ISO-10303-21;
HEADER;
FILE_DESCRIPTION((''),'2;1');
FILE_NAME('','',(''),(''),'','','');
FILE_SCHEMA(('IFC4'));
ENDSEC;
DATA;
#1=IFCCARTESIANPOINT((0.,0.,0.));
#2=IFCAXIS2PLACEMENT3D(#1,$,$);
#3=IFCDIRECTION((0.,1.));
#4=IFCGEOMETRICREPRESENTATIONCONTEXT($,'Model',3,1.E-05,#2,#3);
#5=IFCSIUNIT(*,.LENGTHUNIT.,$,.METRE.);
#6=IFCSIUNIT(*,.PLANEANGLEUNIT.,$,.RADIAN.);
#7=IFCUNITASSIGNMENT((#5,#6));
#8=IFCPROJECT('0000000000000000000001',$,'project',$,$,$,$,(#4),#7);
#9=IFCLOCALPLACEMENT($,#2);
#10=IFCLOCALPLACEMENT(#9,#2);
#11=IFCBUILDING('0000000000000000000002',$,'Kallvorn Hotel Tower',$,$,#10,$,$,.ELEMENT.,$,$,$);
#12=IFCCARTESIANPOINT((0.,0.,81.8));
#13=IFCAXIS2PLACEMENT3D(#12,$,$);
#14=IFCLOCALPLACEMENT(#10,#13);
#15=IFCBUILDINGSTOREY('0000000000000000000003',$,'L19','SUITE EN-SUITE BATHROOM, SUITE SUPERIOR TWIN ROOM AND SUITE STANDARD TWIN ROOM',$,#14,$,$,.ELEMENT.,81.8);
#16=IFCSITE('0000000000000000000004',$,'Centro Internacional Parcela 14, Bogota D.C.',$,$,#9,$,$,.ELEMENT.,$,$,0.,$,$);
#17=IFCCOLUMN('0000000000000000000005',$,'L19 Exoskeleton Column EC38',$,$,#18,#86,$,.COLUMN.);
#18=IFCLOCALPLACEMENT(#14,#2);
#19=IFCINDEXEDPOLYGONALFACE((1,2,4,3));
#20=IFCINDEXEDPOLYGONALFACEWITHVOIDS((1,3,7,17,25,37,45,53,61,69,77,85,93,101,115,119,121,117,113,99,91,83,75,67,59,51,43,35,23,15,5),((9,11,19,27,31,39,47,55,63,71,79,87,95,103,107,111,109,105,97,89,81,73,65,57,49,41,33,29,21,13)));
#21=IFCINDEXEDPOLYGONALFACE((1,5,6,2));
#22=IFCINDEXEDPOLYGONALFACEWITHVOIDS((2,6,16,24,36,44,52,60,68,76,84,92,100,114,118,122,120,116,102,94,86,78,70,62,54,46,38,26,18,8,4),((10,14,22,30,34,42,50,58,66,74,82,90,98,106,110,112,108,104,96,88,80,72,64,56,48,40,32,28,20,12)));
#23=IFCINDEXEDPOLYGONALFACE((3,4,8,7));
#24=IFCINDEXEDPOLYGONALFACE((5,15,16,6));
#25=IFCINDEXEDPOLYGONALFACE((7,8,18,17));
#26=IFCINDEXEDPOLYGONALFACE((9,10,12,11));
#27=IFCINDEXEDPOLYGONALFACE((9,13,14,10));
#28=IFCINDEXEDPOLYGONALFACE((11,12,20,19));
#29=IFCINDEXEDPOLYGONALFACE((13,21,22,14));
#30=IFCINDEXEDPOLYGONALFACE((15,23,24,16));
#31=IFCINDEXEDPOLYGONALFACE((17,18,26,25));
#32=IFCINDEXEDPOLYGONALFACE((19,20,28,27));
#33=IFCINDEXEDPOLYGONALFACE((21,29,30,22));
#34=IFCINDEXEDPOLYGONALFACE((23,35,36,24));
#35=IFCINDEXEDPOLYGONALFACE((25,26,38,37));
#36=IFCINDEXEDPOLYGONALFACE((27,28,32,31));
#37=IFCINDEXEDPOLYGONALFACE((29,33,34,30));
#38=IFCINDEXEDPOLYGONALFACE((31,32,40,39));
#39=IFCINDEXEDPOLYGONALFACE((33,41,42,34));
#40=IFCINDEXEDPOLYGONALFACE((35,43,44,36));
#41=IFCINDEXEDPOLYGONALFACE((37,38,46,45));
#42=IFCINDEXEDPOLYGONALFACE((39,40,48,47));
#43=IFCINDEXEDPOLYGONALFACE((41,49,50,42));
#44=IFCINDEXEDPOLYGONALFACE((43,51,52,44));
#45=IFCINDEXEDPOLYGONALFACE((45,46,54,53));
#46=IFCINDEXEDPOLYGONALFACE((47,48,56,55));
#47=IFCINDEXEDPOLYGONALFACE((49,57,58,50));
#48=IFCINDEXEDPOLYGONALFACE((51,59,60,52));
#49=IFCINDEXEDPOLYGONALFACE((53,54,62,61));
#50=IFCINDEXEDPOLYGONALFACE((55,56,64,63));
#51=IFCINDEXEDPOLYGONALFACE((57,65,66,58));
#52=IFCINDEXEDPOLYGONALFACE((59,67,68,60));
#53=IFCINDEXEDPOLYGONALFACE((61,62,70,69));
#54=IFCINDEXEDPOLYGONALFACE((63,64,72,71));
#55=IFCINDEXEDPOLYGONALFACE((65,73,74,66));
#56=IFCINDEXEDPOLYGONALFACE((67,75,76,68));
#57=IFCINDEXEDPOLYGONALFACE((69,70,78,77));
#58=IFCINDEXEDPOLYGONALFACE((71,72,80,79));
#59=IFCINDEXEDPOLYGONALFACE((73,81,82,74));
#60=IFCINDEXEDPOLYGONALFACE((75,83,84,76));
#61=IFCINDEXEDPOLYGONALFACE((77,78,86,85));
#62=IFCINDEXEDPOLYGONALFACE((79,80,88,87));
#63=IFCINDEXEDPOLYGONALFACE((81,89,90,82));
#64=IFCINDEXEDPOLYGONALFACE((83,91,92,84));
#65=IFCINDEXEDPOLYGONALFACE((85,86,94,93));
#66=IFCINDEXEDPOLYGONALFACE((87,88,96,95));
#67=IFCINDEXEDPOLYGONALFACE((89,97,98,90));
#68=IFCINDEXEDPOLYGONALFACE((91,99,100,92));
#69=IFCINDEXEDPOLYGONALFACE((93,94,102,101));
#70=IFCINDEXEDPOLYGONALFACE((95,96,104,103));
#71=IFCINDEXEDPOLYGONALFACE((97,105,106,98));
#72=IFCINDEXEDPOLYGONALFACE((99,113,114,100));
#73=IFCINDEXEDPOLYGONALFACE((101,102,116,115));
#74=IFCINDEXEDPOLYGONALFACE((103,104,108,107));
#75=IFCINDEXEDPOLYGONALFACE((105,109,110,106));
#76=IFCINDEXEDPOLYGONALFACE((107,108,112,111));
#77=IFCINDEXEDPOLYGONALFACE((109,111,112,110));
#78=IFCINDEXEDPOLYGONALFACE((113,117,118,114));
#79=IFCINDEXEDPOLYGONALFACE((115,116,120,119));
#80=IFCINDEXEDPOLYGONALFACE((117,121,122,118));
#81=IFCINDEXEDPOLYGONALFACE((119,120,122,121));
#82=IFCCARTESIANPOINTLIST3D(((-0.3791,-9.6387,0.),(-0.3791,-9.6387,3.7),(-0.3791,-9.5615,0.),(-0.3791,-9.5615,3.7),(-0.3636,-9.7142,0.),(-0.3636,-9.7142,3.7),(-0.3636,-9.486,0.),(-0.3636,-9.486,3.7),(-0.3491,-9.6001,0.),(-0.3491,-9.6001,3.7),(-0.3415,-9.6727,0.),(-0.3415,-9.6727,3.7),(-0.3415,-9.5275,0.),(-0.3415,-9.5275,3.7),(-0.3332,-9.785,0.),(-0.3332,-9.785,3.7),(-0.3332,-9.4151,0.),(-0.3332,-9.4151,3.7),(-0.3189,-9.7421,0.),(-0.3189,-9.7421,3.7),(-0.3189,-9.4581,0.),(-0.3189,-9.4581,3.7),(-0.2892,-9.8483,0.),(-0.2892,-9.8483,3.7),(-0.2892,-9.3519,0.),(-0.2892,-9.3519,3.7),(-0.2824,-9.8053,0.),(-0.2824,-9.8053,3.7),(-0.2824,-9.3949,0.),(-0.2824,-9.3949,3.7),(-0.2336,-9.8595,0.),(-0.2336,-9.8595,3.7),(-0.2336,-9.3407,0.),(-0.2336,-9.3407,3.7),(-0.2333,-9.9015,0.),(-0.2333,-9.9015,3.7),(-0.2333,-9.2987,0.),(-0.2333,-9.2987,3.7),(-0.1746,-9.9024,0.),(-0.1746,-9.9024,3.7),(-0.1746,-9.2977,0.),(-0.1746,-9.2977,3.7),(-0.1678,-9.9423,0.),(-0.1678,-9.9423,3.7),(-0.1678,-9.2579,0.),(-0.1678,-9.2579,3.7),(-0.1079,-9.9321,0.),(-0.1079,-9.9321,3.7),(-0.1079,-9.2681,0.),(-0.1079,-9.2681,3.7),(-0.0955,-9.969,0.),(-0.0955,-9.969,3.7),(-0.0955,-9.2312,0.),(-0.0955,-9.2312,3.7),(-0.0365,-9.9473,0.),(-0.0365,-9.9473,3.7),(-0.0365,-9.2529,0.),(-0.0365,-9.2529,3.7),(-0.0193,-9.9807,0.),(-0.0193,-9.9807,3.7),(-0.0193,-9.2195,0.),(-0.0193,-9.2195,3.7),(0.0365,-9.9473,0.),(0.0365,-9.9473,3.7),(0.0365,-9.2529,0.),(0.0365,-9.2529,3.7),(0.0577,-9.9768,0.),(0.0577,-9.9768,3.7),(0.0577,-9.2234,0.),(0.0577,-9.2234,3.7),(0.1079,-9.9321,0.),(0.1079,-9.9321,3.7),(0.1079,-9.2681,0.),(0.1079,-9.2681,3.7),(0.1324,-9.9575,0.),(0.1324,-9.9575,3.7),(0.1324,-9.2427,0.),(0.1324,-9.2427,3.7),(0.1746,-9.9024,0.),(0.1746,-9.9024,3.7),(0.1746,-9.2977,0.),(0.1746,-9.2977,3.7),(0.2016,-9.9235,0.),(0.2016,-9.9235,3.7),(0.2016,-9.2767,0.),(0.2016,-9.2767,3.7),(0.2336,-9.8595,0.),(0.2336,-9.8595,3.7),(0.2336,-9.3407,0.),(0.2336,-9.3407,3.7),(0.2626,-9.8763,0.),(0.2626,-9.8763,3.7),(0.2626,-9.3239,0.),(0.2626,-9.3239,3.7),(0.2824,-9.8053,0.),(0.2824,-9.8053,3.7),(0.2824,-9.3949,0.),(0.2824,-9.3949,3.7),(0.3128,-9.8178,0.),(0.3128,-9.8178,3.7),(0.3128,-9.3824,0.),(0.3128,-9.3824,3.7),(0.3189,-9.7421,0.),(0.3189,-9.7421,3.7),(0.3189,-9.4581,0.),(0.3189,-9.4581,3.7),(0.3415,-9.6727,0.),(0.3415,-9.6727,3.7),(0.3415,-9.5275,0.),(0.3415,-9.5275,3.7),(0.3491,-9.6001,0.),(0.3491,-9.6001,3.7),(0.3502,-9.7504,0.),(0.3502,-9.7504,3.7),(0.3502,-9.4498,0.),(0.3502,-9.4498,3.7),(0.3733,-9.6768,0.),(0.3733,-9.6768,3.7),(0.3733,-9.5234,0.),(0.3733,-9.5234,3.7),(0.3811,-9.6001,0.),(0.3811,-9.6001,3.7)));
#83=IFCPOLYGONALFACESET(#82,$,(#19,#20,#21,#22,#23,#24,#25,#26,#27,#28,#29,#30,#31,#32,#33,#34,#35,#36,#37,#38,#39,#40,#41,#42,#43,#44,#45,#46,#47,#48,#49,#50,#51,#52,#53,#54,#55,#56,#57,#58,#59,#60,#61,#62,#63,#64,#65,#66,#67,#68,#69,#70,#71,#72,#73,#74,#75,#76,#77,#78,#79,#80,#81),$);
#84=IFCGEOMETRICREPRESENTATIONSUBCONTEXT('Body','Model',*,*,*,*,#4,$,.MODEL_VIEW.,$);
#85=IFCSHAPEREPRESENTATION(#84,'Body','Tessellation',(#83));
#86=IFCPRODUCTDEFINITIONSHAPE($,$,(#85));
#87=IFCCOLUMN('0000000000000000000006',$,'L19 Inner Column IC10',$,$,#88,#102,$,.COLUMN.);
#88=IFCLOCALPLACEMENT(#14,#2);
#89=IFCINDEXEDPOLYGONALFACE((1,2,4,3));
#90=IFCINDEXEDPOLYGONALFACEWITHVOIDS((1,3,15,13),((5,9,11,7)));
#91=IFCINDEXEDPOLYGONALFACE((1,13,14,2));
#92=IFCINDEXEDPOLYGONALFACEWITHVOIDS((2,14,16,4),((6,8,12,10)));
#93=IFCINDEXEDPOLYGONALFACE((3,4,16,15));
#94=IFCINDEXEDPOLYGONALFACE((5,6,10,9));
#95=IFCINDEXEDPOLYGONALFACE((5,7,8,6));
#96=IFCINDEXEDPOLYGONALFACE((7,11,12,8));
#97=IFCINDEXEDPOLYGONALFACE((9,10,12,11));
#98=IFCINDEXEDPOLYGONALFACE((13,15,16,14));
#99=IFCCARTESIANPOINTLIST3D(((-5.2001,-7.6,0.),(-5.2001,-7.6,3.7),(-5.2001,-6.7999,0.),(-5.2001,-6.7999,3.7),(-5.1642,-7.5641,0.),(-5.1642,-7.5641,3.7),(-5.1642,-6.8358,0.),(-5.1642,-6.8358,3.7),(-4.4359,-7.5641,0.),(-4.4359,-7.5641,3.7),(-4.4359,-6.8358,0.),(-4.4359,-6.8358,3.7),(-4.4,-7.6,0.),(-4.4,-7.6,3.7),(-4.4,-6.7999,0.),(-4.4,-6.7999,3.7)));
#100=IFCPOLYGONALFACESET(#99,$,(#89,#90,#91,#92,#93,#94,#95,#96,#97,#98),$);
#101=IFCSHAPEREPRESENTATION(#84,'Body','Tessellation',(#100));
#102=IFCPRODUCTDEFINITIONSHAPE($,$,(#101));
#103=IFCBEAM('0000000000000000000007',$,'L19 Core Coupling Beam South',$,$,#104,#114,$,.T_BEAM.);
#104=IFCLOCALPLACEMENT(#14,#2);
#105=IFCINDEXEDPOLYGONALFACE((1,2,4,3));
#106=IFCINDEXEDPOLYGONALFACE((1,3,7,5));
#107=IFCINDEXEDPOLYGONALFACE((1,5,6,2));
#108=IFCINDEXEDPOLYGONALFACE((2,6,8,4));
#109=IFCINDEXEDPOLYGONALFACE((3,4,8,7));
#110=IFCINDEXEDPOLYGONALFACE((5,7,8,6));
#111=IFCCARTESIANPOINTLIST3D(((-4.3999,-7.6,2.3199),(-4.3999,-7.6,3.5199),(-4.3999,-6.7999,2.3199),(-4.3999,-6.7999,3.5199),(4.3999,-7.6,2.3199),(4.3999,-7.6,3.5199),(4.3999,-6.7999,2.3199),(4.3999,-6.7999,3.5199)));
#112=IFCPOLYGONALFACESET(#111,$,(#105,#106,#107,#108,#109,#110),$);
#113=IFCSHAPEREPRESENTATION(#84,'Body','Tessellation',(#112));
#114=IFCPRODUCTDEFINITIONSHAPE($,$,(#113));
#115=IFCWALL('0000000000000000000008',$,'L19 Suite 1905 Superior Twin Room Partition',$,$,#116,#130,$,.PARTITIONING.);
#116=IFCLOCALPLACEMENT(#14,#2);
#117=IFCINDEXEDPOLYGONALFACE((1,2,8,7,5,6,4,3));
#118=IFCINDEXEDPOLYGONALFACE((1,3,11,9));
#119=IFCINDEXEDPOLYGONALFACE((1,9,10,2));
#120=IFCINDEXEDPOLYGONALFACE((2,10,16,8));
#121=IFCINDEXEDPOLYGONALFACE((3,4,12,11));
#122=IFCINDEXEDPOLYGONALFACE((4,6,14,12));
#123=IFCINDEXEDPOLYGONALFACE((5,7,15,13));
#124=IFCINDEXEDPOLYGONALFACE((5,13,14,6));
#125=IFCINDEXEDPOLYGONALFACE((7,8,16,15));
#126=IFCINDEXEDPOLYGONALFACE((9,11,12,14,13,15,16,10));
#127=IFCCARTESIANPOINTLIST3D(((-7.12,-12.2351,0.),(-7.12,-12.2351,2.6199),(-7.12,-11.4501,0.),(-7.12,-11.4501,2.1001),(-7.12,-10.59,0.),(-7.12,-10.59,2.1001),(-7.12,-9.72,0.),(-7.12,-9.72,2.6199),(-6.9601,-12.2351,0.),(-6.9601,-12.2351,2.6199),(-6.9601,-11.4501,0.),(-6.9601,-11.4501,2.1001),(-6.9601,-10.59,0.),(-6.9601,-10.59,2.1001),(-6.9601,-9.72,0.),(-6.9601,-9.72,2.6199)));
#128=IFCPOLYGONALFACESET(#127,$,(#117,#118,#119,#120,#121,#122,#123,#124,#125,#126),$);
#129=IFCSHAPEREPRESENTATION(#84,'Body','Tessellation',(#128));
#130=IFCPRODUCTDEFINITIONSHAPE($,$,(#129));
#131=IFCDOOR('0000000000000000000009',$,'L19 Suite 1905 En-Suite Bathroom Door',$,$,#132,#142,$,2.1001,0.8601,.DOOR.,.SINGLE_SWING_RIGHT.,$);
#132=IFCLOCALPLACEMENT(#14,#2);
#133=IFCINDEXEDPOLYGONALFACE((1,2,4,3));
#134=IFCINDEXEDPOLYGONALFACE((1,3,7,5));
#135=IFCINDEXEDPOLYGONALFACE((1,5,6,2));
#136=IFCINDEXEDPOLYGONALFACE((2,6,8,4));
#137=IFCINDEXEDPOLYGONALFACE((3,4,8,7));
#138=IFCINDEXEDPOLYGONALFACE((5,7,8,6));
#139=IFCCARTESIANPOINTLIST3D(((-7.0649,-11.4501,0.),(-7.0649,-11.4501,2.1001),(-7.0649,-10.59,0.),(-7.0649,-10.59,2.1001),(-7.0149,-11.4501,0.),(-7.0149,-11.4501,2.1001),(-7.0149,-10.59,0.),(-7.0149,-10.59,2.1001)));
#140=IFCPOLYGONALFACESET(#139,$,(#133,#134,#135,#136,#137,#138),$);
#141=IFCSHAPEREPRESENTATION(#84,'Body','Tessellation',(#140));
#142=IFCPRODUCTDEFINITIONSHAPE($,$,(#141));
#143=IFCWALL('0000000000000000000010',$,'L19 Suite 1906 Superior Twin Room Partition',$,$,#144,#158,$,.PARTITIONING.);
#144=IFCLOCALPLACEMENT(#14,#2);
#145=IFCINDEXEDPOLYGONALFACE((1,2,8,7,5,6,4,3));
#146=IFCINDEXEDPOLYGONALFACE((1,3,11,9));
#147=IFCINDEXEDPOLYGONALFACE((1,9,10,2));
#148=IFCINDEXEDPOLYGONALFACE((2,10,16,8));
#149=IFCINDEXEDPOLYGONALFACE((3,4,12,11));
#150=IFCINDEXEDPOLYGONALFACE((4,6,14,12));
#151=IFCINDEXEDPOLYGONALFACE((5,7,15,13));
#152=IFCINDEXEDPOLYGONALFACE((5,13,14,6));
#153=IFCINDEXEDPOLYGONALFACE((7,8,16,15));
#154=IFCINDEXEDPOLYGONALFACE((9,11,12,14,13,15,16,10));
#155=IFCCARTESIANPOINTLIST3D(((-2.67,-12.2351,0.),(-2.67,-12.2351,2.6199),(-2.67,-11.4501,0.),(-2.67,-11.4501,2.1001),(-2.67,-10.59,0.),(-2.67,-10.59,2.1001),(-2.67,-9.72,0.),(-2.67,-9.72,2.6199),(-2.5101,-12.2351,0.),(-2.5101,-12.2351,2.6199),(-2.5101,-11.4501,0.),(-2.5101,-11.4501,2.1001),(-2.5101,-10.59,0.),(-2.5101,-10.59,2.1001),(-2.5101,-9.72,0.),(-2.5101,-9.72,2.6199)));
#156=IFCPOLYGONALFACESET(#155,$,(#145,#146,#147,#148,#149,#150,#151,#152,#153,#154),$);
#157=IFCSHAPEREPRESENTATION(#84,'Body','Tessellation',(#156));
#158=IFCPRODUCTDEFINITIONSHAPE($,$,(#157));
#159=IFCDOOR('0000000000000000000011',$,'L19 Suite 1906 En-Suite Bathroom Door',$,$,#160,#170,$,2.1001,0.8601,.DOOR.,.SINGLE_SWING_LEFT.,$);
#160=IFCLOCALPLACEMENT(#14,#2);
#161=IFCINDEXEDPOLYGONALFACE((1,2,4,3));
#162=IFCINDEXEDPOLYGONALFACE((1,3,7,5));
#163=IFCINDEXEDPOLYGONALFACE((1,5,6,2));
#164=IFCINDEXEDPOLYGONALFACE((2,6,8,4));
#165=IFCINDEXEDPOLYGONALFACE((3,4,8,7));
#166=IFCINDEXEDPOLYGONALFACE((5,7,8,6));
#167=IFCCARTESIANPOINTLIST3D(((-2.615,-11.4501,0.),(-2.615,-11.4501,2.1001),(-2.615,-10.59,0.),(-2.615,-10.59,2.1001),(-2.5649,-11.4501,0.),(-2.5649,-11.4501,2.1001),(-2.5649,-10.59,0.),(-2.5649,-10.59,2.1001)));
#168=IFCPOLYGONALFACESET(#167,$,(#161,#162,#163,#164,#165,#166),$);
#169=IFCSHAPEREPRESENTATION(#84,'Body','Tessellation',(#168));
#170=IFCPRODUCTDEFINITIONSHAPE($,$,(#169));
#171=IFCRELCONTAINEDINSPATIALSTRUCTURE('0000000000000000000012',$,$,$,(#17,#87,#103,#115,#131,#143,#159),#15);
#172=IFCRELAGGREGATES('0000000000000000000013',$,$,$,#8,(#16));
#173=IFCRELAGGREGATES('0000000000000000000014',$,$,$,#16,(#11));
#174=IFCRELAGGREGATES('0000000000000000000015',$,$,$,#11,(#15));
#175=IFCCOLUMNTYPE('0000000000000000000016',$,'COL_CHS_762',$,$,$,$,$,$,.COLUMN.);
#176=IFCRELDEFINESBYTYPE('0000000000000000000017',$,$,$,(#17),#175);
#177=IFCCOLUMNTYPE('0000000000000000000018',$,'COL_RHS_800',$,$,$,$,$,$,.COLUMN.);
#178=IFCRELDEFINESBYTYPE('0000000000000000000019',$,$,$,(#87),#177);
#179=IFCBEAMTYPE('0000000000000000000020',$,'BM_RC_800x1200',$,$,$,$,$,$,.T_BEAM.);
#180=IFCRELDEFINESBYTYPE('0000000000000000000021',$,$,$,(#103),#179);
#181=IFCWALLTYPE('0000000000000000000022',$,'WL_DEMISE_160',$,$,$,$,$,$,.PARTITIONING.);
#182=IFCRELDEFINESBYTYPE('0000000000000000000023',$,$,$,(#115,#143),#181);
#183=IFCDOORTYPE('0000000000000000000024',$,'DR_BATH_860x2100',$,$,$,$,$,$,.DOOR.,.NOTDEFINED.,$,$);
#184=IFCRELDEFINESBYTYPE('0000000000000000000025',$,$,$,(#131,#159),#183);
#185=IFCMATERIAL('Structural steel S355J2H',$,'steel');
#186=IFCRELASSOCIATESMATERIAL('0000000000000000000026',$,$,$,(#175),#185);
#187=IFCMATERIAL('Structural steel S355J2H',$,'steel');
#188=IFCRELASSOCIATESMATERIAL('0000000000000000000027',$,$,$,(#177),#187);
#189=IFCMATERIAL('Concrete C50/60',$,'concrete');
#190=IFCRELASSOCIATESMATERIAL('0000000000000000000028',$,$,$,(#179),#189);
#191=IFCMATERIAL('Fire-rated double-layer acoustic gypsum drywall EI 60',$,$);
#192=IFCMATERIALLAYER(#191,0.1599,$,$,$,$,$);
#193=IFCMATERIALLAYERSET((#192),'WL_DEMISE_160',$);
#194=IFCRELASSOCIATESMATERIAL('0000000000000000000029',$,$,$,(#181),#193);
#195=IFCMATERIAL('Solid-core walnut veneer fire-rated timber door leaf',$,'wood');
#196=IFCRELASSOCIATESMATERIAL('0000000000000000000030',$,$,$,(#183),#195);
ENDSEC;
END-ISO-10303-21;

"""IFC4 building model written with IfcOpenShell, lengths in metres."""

from ifc_helpers import new_model, si_unit, direction, frame, frame_2d, origin, origin_2d, place, context, subcontext, project, spatial, rectangle, hollow_rectangle, hollow_circle, extrude, material, layer, layer_set, material_profile, profile_set, type_object, element, fill, save


model = new_model("IFC4")

# Units and contexts
model_context = context("Model", 3, precision=1e-05, world=origin(), true_north=direction((0.0, 1.0)))
body_context = subcontext(model_context, "Body", "Model", "MODEL_VIEW")
ifc_project = project(units=[si_unit("LENGTHUNIT", "METRE"), si_unit("PLANEANGLEUNIT", "RADIAN")], contexts=[model_context])

# Site, building, storey
site_placement = place(None, origin())
site = spatial("IfcSite", under=ifc_project, at=site_placement, Name="Centro Internacional Parcela 14, Bogota D.C.", CompositionType="ELEMENT", RefElevation=0.0)
building_placement = place(site_placement, origin())
building = spatial("IfcBuilding", under=site, at=building_placement, Name="Kallvorn Hotel Tower", CompositionType="ELEMENT")
storey_placement = place(building_placement, frame((0.0, 0.0, 81.8)))
storey = spatial("IfcBuildingStorey", under=building, at=storey_placement, Name="L19", Description="SUITE EN-SUITE BATHROOM, SUITE SUPERIOR TWIN ROOM AND SUITE STANDARD TWIN ROOM", CompositionType="ELEMENT", Elevation=81.8)

# Columns
ifc_material_1 = material(Name="Structural steel S355J2H", Category="steel")
ifc_material_profile_1 = material_profile(ifc_material_1, hollow_circle(Radius=0.3811, WallThickness=0.032, at=origin_2d()), Name="CHS 762x32")
ifc_profile_set_1 = profile_set([ifc_material_profile_1], Name="Structural steel S355J2H")
column_type_1 = type_object("IfcColumnType", Name="COL_CHS_762", PredefinedType="COLUMN", material=ifc_profile_set_1)
column_1_placement = place(storey_placement, frame((0.0, -9.6001, 0.0), z_axis=(0.0, 0.0, 1.0), x_axis=(1.0, 0.0, 0.0)))
element("IfcColumn", 1, at=column_1_placement, inside=storey, type_object=column_type_1, Name="L19 Exoskeleton Column EC38", PredefinedType="COLUMN", context=body_context, shape_type="SweptSolid", body=[
    extrude(hollow_circle(Radius=0.3811, WallThickness=0.032, at=origin_2d()), origin(), (0.0, 0.0, 1.0), 3.7),
])
ifc_material_2 = material(Name="Structural steel S355J2H", Category="steel")
ifc_material_profile_2 = material_profile(ifc_material_2, hollow_rectangle(XDim=0.8, YDim=0.8, WallThickness=0.0359, at=origin_2d()), Name="RHS 800x800x36")
ifc_profile_set_2 = profile_set([ifc_material_profile_2], Name="Structural steel S355J2H")
column_type_2 = type_object("IfcColumnType", Name="COL_RHS_800", PredefinedType="COLUMN", material=ifc_profile_set_2)
column_2_placement = place(storey_placement, frame((-4.8, -7.2, 0.0), z_axis=(0.0, 0.0, 1.0), x_axis=(1.0, 0.0, 0.0)))
element("IfcColumn", 2, at=column_2_placement, inside=storey, type_object=column_type_2, Name="L19 Inner Column IC10", PredefinedType="COLUMN", context=body_context, shape_type="SweptSolid", body=[
    extrude(hollow_rectangle(XDim=0.8, YDim=0.8, WallThickness=0.0359, at=origin_2d()), origin(), (0.0, 0.0, 1.0), 3.7),
])

# Beam
ifc_material_3 = material(Name="Concrete C50/60", Category="concrete")
ifc_material_profile_3 = material_profile(ifc_material_3, rectangle(XDim=0.8, YDim=1.2, at=origin_2d()), Name="RC 800x1200")
ifc_profile_set_3 = profile_set([ifc_material_profile_3], Name="Concrete C50/60")
beam_type = type_object("IfcBeamType", Name="BM_RC_800x1200", PredefinedType="T_BEAM", material=ifc_profile_set_3)
beam_placement = place(storey_placement, frame((-4.3999, -7.2, 2.9199), z_axis=(1.0, 0.0, 0.0), x_axis=(0.0, 1.0, 0.0)))
element("IfcBeam", 3, at=beam_placement, inside=storey, type_object=beam_type, Name="L19 Core Coupling Beam South", PredefinedType="T_BEAM", context=body_context, shape_type="SweptSolid", body=[
    extrude(rectangle(XDim=0.8, YDim=1.2, at=origin_2d()), origin(), (0.0, 0.0, 1.0), 8.7998),
])

# Walls, openings, doors
ifc_material_4 = material(Name="Fire-rated double-layer acoustic gypsum drywall EI 60")
ifc_layer_1 = layer(ifc_material_4, 0.1599)
ifc_layer_set_1 = layer_set([ifc_layer_1], Name="WL_DEMISE_160")
wall_type_1 = type_object("IfcWallType", Name="WL_DEMISE_160", PredefinedType="PARTITIONING", material=ifc_layer_set_1)
wall_1_placement = place(storey_placement, frame((-7.04, -12.2351, 0.0), z_axis=(0.0, 0.0, 1.0), x_axis=(0.0, 1.0, 0.0)))
wall_1 = element("IfcWall", 4, at=wall_1_placement, inside=storey, type_object=wall_type_1, Name="L19 Suite 1905 Superior Twin Room Partition", PredefinedType="PARTITIONING", context=body_context, shape_type="SweptSolid", body=[
    extrude(rectangle(XDim=2.5151, YDim=0.1599, at=frame_2d((1.2576, 0.0))), origin(), (0.0, 0.0, 1.0), 2.6199),
])
opening_1_placement = place(wall_1_placement, frame((0.7849, 0.0, 0.0)))
opening_1 = element("IfcOpeningElement", 5, at=opening_1_placement, cuts=wall_1, PredefinedType="OPENING", context=body_context, shape_type="SweptSolid", body=[
    extrude(rectangle(XDim=0.8601, YDim=2.1001, at=frame_2d((0.4302, 1.05))), frame((0.0, 0.095, 0.0), z_axis=(0.0, -1.0, 0.0), x_axis=(1.0, 0.0, 0.0)), (0.0, 0.0, 1.0), 0.1899),
])
ifc_material_5 = material(Name="Solid-core walnut veneer fire-rated timber door leaf", Category="wood")
door_type_1 = type_object("IfcDoorType", Name="DR_BATH_860x2100", OperationType="NOTDEFINED", PredefinedType="DOOR", material=ifc_material_5)
door_1_placement = place(opening_1_placement, origin())
door_1 = element("IfcDoor", 6, at=door_1_placement, inside=storey, type_object=door_type_1, Name="L19 Suite 1905 En-Suite Bathroom Door", OperationType="SINGLE_SWING_RIGHT", OverallHeight=2.1001, OverallWidth=0.8601, PredefinedType="DOOR", context=body_context, shape_type="SweptSolid", body=[
    extrude(rectangle(XDim=0.8601, YDim=2.1001, at=frame_2d((0.4302, 1.05))), frame((0.0, 0.0249, 0.0), z_axis=(0.0, -1.0, 0.0), x_axis=(1.0, 0.0, 0.0)), (0.0, 0.0, 1.0), 0.05),
])
fill(opening_1, door_1)
wall_2_placement = place(storey_placement, frame((-2.5901, -12.2351, 0.0), z_axis=(0.0, 0.0, 1.0), x_axis=(0.0, 1.0, 0.0)))
wall_2 = element("IfcWall", 7, at=wall_2_placement, inside=storey, type_object=wall_type_1, Name="L19 Suite 1906 Superior Twin Room Partition", PredefinedType="PARTITIONING", context=body_context, shape_type="SweptSolid", body=[
    extrude(rectangle(XDim=2.5151, YDim=0.1599, at=frame_2d((1.2576, 0.0))), origin(), (0.0, 0.0, 1.0), 2.6199),
])
opening_2_placement = place(wall_2_placement, frame((0.7849, 0.0, 0.0)))
opening_2 = element("IfcOpeningElement", 8, at=opening_2_placement, cuts=wall_2, PredefinedType="OPENING", context=body_context, shape_type="SweptSolid", body=[
    extrude(rectangle(XDim=0.8601, YDim=2.1001, at=frame_2d((0.4302, 1.05))), frame((0.0, 0.095, 0.0), z_axis=(0.0, -1.0, 0.0), x_axis=(1.0, 0.0, 0.0)), (0.0, 0.0, 1.0), 0.1899),
])
door_2_placement = place(opening_2_placement, origin())
door_2 = element("IfcDoor", 9, at=door_2_placement, inside=storey, type_object=door_type_1, Name="L19 Suite 1906 En-Suite Bathroom Door", OperationType="SINGLE_SWING_LEFT", OverallHeight=2.1001, OverallWidth=0.8601, PredefinedType="DOOR", context=body_context, shape_type="SweptSolid", body=[
    extrude(rectangle(XDim=0.8601, YDim=2.1001, at=frame_2d((0.4302, 1.05))), frame((0.0, 0.0249, 0.0), z_axis=(0.0, -1.0, 0.0), x_axis=(1.0, 0.0, 0.0)), (0.0, 0.0, 1.0), 0.05),
])
fill(opening_2, door_2)

save(model, "model.ifc")
